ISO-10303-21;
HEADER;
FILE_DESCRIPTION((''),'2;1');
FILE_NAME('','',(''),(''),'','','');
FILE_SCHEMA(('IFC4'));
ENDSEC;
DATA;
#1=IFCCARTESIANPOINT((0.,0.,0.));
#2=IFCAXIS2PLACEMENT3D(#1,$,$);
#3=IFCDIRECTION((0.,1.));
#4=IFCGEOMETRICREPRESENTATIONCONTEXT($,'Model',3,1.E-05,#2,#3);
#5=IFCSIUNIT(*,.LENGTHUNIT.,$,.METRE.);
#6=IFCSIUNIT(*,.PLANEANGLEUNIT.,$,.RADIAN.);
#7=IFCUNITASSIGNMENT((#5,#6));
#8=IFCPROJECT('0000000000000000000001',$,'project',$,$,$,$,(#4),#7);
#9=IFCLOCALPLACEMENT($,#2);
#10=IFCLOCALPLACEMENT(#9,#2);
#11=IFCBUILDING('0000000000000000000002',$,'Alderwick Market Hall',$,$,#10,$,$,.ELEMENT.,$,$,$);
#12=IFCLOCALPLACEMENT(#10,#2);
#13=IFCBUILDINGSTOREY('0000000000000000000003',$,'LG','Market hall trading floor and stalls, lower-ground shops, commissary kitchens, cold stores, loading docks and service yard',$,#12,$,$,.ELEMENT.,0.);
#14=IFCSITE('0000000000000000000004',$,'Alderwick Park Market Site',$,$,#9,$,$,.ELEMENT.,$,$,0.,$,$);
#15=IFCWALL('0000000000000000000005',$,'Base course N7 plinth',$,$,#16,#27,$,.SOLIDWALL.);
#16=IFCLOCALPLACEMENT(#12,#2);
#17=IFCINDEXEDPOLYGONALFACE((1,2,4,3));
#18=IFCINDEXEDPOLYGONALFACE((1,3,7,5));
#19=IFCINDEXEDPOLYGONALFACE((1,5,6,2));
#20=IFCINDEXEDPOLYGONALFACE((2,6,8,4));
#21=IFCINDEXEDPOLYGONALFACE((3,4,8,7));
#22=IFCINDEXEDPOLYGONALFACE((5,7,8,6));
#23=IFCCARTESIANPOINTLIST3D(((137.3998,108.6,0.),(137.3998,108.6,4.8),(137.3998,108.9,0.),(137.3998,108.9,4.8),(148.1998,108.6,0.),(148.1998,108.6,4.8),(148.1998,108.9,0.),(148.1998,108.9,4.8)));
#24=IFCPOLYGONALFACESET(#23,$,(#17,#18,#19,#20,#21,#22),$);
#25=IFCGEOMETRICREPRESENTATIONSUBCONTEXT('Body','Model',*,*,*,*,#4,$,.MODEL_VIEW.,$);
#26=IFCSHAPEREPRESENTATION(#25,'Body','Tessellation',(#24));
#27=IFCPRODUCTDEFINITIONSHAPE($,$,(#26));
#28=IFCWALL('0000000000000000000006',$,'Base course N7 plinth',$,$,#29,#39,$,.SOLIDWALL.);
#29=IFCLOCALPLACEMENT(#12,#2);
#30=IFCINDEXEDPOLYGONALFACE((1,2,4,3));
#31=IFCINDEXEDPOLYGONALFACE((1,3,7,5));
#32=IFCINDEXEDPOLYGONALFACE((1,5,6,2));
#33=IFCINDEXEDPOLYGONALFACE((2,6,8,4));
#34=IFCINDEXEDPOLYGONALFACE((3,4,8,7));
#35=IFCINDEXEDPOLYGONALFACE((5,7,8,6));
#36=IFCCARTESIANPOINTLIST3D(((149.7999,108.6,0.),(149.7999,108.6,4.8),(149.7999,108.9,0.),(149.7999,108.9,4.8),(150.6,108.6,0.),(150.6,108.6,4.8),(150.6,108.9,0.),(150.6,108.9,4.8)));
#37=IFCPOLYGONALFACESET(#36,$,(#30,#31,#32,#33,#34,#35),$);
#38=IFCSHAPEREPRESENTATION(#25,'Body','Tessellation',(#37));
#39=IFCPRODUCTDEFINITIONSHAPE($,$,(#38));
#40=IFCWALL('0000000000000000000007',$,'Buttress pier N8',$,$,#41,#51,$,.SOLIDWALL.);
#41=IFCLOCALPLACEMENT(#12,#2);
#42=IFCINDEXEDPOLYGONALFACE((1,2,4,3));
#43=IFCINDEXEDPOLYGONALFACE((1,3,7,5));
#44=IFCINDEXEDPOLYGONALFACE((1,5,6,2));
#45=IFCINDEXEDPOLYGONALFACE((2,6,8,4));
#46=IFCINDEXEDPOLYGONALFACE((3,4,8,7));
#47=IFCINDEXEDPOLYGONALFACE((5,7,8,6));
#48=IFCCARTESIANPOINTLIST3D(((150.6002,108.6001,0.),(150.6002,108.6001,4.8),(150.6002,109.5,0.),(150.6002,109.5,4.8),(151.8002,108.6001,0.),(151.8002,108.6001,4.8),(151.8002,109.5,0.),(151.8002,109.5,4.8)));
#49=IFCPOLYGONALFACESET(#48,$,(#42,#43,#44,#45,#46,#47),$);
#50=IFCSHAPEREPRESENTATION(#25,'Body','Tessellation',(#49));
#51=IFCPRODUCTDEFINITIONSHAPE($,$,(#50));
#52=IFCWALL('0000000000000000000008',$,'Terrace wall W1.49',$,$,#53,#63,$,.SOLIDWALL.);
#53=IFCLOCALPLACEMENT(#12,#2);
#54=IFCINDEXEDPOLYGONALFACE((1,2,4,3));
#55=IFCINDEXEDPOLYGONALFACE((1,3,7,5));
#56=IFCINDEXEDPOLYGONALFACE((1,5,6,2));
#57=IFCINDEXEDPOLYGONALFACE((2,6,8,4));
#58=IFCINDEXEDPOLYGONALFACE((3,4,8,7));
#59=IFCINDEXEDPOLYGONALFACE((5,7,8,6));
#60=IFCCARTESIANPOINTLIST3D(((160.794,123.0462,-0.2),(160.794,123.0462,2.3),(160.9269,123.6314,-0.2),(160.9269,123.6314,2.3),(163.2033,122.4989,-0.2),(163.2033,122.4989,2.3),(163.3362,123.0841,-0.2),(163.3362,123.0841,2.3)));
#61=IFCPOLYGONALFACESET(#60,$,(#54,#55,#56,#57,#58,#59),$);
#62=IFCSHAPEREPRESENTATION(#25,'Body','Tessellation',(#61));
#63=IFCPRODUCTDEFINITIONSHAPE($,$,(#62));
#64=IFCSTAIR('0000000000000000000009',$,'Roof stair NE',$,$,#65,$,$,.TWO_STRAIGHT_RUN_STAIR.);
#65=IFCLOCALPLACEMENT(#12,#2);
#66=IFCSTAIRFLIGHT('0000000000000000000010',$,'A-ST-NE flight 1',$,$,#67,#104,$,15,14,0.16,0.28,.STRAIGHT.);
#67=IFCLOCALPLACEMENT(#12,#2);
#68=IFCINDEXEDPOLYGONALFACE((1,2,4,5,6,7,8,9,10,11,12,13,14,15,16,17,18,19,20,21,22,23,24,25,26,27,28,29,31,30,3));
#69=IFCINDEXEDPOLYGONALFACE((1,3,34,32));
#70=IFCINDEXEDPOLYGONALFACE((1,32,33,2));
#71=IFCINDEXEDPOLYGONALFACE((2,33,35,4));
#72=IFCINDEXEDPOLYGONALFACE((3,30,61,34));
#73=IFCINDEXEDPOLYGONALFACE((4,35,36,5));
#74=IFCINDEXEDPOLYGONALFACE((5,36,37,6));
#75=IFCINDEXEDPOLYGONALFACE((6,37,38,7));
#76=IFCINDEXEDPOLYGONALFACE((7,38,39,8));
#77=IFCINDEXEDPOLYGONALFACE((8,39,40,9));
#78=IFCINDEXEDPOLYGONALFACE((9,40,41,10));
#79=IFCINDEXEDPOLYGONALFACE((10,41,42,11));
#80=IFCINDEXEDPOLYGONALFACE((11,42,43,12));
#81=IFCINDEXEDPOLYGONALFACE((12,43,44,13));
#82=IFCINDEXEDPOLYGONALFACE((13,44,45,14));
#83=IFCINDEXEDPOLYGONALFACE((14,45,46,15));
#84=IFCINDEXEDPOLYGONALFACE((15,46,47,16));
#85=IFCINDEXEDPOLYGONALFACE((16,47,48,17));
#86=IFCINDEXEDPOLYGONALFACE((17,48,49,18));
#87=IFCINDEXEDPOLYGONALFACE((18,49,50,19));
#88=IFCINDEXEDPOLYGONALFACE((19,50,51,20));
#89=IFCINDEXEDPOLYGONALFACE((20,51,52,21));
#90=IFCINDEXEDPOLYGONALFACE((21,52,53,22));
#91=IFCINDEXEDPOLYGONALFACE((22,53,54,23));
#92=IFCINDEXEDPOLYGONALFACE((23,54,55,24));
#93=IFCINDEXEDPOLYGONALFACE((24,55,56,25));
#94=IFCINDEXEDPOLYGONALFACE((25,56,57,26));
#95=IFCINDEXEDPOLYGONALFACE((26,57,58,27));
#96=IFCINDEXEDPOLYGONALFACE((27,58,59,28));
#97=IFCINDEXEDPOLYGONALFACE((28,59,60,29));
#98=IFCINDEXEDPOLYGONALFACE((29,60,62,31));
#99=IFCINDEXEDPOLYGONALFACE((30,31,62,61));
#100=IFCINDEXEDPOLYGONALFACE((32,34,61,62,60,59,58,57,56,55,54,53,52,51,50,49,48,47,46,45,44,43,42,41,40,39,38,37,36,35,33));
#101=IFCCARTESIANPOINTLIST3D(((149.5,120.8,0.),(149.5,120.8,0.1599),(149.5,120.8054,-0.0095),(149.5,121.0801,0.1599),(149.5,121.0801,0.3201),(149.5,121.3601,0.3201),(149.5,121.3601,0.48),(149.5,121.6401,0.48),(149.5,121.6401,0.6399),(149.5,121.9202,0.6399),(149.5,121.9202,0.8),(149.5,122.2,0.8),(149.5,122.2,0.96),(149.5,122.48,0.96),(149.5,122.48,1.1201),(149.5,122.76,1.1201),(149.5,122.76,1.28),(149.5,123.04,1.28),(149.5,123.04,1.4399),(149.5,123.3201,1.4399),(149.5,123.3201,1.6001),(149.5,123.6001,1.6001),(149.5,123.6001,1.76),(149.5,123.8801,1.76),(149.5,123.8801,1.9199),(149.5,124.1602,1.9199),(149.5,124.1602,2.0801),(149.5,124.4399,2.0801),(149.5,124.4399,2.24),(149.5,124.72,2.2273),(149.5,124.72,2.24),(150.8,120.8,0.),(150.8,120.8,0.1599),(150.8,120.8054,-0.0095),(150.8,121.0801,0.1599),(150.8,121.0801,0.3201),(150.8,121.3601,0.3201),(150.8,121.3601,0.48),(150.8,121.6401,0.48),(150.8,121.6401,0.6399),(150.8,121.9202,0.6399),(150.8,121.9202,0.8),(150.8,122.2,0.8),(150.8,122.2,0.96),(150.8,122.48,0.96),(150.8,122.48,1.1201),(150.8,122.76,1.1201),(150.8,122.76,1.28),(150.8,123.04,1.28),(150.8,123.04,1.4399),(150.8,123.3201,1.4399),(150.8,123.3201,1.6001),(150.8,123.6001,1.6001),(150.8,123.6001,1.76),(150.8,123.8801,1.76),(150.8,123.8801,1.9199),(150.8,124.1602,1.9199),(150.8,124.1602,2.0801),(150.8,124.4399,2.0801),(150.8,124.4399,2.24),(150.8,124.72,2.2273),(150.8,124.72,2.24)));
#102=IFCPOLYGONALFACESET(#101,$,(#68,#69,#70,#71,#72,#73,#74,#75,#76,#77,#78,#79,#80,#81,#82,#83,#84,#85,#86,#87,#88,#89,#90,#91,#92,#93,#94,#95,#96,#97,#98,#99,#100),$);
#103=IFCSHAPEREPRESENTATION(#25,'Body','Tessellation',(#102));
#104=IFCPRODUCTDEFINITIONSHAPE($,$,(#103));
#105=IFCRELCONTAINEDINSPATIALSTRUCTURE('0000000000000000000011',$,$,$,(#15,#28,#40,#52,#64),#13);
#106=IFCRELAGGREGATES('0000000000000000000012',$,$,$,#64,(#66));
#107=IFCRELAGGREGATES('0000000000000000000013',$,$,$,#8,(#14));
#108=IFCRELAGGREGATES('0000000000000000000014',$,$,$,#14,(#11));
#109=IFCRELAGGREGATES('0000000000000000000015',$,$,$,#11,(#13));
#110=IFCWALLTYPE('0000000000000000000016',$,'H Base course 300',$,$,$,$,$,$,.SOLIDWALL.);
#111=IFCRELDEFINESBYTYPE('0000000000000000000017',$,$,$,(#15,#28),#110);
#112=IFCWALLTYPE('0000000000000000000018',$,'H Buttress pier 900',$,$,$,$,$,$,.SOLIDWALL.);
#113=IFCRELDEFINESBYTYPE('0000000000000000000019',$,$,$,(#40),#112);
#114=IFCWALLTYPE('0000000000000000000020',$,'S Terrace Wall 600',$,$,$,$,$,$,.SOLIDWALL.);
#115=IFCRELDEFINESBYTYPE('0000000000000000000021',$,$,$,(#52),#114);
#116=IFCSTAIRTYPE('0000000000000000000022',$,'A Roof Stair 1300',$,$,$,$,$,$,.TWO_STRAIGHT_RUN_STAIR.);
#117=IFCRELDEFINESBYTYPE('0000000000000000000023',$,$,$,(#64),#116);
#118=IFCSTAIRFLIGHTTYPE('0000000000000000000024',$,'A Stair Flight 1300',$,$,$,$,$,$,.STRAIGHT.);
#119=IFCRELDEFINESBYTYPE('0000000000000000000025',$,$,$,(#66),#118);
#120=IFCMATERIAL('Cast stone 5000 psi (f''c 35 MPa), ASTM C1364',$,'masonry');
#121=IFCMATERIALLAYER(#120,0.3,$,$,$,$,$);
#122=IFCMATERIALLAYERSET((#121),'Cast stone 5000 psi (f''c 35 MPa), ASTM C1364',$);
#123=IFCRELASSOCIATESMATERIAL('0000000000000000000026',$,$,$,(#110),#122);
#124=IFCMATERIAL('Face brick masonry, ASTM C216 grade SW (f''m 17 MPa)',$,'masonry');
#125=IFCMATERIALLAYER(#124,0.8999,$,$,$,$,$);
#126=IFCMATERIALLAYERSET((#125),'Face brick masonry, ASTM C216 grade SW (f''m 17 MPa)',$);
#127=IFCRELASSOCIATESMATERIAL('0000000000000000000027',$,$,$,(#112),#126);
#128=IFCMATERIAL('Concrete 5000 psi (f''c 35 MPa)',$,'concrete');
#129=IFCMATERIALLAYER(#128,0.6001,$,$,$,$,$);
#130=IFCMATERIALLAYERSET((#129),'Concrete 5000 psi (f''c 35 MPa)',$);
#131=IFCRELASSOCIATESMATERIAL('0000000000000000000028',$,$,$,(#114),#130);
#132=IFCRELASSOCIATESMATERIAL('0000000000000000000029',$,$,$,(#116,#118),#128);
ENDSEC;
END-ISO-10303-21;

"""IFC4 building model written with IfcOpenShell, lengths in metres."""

from ifc_helpers import new_model, si_unit, direction, frame, frame_2d, origin, place, context, subcontext, project, spatial, polyline, rectangle, outline, extrude, material, layer, layer_set, type_object, element, aggregate, save


model = new_model("IFC4")

# Units and contexts
model_context = context("Model", 3, precision=1e-05, world=origin(), true_north=direction((0.0, 1.0)))
body_context = subcontext(model_context, "Body", "Model", "MODEL_VIEW")
ifc_project = project(units=[si_unit("LENGTHUNIT", "METRE"), si_unit("PLANEANGLEUNIT", "RADIAN")], contexts=[model_context])

# Site, building, storey
site_placement = place(None, origin())
site = spatial("IfcSite", under=ifc_project, at=site_placement, Name="Alderwick Park Market Site", CompositionType="ELEMENT", RefElevation=0.0)
building_placement = place(site_placement, origin())
building = spatial("IfcBuilding", under=site, at=building_placement, Name="Alderwick Market Hall", CompositionType="ELEMENT")
storey_placement = place(building_placement, origin())
storey = spatial("IfcBuildingStorey", under=building, at=storey_placement, Name="LG", Description="Market hall trading floor and stalls, lower-ground shops, commissary kitchens, cold stores, loading docks and service yard", CompositionType="ELEMENT", Elevation=0.0)

# Shared definitions
ifc_material_1 = material(Name="Concrete 5000 psi (f'c 35 MPa)", Category="concrete")

# Walls
ifc_material_2 = material(Name="Cast stone 5000 psi (f'c 35 MPa), ASTM C1364", Category="masonry")
ifc_layer_1 = layer(ifc_material_2, 0.3)
ifc_layer_set_1 = layer_set([ifc_layer_1], Name="Cast stone 5000 psi (f'c 35 MPa), ASTM C1364")
wall_type_1 = type_object("IfcWallType", Name="H Base course 300", PredefinedType="SOLIDWALL", material=ifc_layer_set_1)
wall_1_placement = place(storey_placement, frame((137.3999, 108.75, 0.0), z_axis=(0.0, 0.0, 1.0), x_axis=(1.0, 0.0, 0.0)))
element("IfcWall", 1, at=wall_1_placement, inside=storey, type_object=wall_type_1, Name="Base course N7 plinth", PredefinedType="SOLIDWALL", context=body_context, shape_type="SweptSolid", body=[
    extrude(rectangle(XDim=10.8, YDim=0.3, at=frame_2d((5.3999, 0.0))), origin(), (0.0, 0.0, 1.0), 4.8),
])
wall_2_placement = place(storey_placement, frame((149.8, 108.75, 0.0), z_axis=(0.0, 0.0, 1.0), x_axis=(1.0, 0.0, 0.0)))
element("IfcWall", 2, at=wall_2_placement, inside=storey, type_object=wall_type_1, Name="Base course N7 plinth", PredefinedType="SOLIDWALL", context=body_context, shape_type="SweptSolid", body=[
    extrude(rectangle(XDim=0.8, YDim=0.3, at=frame_2d((0.3999, 0.0))), origin(), (0.0, 0.0, 1.0), 4.8),
])
ifc_material_3 = material(Name="Face brick masonry, ASTM C216 grade SW (f'm 17 MPa)", Category="masonry")
ifc_layer_2 = layer(ifc_material_3, 0.8999)
ifc_layer_set_2 = layer_set([ifc_layer_2], Name="Face brick masonry, ASTM C216 grade SW (f'm 17 MPa)")
wall_type_2 = type_object("IfcWallType", Name="H Buttress pier 900", PredefinedType="SOLIDWALL", material=ifc_layer_set_2)
wall_3_placement = place(storey_placement, frame((150.6001, 109.05, 0.0), z_axis=(0.0, 0.0, 1.0), x_axis=(1.0, 0.0, 0.0)))
element("IfcWall", 3, at=wall_3_placement, inside=storey, type_object=wall_type_2, Name="Buttress pier N8", PredefinedType="SOLIDWALL", context=body_context, shape_type="SweptSolid", body=[
    extrude(rectangle(XDim=1.2, YDim=0.8999, at=frame_2d((0.6001, 0.0))), origin(), (0.0, 0.0, 1.0), 4.8),
])

# Wall
ifc_layer_3 = layer(ifc_material_1, 0.6001)
ifc_layer_set_3 = layer_set([ifc_layer_3], Name="Concrete 5000 psi (f'c 35 MPa)")
wall_type_3 = type_object("IfcWallType", Name="S Terrace Wall 600", PredefinedType="SOLIDWALL", material=ifc_layer_set_3)
wall_4_placement = place(storey_placement, frame((163.2698, 122.7915, -0.2), z_axis=(0.0, 0.0, 1.0), x_axis=(-0.975153, 0.221531, 0.0)))
element("IfcWall", 4, at=wall_4_placement, inside=storey, type_object=wall_type_3, Name="Terrace wall W1.49", PredefinedType="SOLIDWALL", context=body_context, shape_type="SweptSolid", body=[
    extrude(rectangle(XDim=2.4707, YDim=0.6001, at=frame_2d((1.2354, 0.0))), origin(), (0.0, 0.0, 1.0), 2.5),
])

# Stair, stair flight
stair_type = type_object("IfcStairType", Name="A Roof Stair 1300", PredefinedType="TWO_STRAIGHT_RUN_STAIR", material=ifc_material_1)
stair_placement = place(storey_placement, origin())
stair = element("IfcStair", 5, at=stair_placement, inside=storey, type_object=stair_type, Name="Roof stair NE", PredefinedType="TWO_STRAIGHT_RUN_STAIR")
stair_flight_type = type_object("IfcStairFlightType", Name="A Stair Flight 1300", PredefinedType="STRAIGHT", material=ifc_material_1)
stair_flight_placement = place(storey_placement, frame((150.1499, 120.8, 0.0), z_axis=(0.0, 0.0, 1.0), x_axis=(0.0, 1.0, 0.0)))
stair_flight = element("IfcStairFlight", 6, at=stair_flight_placement, type_object=stair_flight_type, Name="A-ST-NE flight 1", NumberOfRisers=15, NumberOfTreads=14, PredefinedType="STRAIGHT", RiserHeight=0.16, TreadLength=0.28, context=body_context, shape_type="SweptSolid", body=[
    extrude(outline(polyline([(0.0054, -0.0095), (0.0, 0.0), (0.0, 0.1599), (0.28, 0.1599), (0.28, 0.3201), (0.5601, 0.3201), (0.5601, 0.48), (0.8401, 0.48), (0.8401, 0.6399), (1.1201, 0.6399), (1.1201, 0.8), (1.3999, 0.8), (1.3999, 0.96), (1.6799, 0.96), (1.6799, 1.1201), (1.96, 1.1201), (1.96, 1.28), (2.24, 1.28), (2.24, 1.4399), (2.52, 1.4399), (2.52, 1.6001), (2.8, 1.6001), (2.8, 1.76), (3.0801, 1.76), (3.0801, 1.9199), (3.3601, 1.9199), (3.3601, 2.0801), (3.6399, 2.0801), (3.6399, 2.24), (3.9199, 2.24), (3.9199, 2.2273), (0.0054, -0.0095)])), frame((0.0, 0.6499, 0.0), z_axis=(0.0, -1.0, 0.0), x_axis=(1.0, 0.0, 0.0)), (0.0, 0.0, 1.0), 1.3),
])
aggregate(stair, [stair_flight])

save(model, "model.ifc")
